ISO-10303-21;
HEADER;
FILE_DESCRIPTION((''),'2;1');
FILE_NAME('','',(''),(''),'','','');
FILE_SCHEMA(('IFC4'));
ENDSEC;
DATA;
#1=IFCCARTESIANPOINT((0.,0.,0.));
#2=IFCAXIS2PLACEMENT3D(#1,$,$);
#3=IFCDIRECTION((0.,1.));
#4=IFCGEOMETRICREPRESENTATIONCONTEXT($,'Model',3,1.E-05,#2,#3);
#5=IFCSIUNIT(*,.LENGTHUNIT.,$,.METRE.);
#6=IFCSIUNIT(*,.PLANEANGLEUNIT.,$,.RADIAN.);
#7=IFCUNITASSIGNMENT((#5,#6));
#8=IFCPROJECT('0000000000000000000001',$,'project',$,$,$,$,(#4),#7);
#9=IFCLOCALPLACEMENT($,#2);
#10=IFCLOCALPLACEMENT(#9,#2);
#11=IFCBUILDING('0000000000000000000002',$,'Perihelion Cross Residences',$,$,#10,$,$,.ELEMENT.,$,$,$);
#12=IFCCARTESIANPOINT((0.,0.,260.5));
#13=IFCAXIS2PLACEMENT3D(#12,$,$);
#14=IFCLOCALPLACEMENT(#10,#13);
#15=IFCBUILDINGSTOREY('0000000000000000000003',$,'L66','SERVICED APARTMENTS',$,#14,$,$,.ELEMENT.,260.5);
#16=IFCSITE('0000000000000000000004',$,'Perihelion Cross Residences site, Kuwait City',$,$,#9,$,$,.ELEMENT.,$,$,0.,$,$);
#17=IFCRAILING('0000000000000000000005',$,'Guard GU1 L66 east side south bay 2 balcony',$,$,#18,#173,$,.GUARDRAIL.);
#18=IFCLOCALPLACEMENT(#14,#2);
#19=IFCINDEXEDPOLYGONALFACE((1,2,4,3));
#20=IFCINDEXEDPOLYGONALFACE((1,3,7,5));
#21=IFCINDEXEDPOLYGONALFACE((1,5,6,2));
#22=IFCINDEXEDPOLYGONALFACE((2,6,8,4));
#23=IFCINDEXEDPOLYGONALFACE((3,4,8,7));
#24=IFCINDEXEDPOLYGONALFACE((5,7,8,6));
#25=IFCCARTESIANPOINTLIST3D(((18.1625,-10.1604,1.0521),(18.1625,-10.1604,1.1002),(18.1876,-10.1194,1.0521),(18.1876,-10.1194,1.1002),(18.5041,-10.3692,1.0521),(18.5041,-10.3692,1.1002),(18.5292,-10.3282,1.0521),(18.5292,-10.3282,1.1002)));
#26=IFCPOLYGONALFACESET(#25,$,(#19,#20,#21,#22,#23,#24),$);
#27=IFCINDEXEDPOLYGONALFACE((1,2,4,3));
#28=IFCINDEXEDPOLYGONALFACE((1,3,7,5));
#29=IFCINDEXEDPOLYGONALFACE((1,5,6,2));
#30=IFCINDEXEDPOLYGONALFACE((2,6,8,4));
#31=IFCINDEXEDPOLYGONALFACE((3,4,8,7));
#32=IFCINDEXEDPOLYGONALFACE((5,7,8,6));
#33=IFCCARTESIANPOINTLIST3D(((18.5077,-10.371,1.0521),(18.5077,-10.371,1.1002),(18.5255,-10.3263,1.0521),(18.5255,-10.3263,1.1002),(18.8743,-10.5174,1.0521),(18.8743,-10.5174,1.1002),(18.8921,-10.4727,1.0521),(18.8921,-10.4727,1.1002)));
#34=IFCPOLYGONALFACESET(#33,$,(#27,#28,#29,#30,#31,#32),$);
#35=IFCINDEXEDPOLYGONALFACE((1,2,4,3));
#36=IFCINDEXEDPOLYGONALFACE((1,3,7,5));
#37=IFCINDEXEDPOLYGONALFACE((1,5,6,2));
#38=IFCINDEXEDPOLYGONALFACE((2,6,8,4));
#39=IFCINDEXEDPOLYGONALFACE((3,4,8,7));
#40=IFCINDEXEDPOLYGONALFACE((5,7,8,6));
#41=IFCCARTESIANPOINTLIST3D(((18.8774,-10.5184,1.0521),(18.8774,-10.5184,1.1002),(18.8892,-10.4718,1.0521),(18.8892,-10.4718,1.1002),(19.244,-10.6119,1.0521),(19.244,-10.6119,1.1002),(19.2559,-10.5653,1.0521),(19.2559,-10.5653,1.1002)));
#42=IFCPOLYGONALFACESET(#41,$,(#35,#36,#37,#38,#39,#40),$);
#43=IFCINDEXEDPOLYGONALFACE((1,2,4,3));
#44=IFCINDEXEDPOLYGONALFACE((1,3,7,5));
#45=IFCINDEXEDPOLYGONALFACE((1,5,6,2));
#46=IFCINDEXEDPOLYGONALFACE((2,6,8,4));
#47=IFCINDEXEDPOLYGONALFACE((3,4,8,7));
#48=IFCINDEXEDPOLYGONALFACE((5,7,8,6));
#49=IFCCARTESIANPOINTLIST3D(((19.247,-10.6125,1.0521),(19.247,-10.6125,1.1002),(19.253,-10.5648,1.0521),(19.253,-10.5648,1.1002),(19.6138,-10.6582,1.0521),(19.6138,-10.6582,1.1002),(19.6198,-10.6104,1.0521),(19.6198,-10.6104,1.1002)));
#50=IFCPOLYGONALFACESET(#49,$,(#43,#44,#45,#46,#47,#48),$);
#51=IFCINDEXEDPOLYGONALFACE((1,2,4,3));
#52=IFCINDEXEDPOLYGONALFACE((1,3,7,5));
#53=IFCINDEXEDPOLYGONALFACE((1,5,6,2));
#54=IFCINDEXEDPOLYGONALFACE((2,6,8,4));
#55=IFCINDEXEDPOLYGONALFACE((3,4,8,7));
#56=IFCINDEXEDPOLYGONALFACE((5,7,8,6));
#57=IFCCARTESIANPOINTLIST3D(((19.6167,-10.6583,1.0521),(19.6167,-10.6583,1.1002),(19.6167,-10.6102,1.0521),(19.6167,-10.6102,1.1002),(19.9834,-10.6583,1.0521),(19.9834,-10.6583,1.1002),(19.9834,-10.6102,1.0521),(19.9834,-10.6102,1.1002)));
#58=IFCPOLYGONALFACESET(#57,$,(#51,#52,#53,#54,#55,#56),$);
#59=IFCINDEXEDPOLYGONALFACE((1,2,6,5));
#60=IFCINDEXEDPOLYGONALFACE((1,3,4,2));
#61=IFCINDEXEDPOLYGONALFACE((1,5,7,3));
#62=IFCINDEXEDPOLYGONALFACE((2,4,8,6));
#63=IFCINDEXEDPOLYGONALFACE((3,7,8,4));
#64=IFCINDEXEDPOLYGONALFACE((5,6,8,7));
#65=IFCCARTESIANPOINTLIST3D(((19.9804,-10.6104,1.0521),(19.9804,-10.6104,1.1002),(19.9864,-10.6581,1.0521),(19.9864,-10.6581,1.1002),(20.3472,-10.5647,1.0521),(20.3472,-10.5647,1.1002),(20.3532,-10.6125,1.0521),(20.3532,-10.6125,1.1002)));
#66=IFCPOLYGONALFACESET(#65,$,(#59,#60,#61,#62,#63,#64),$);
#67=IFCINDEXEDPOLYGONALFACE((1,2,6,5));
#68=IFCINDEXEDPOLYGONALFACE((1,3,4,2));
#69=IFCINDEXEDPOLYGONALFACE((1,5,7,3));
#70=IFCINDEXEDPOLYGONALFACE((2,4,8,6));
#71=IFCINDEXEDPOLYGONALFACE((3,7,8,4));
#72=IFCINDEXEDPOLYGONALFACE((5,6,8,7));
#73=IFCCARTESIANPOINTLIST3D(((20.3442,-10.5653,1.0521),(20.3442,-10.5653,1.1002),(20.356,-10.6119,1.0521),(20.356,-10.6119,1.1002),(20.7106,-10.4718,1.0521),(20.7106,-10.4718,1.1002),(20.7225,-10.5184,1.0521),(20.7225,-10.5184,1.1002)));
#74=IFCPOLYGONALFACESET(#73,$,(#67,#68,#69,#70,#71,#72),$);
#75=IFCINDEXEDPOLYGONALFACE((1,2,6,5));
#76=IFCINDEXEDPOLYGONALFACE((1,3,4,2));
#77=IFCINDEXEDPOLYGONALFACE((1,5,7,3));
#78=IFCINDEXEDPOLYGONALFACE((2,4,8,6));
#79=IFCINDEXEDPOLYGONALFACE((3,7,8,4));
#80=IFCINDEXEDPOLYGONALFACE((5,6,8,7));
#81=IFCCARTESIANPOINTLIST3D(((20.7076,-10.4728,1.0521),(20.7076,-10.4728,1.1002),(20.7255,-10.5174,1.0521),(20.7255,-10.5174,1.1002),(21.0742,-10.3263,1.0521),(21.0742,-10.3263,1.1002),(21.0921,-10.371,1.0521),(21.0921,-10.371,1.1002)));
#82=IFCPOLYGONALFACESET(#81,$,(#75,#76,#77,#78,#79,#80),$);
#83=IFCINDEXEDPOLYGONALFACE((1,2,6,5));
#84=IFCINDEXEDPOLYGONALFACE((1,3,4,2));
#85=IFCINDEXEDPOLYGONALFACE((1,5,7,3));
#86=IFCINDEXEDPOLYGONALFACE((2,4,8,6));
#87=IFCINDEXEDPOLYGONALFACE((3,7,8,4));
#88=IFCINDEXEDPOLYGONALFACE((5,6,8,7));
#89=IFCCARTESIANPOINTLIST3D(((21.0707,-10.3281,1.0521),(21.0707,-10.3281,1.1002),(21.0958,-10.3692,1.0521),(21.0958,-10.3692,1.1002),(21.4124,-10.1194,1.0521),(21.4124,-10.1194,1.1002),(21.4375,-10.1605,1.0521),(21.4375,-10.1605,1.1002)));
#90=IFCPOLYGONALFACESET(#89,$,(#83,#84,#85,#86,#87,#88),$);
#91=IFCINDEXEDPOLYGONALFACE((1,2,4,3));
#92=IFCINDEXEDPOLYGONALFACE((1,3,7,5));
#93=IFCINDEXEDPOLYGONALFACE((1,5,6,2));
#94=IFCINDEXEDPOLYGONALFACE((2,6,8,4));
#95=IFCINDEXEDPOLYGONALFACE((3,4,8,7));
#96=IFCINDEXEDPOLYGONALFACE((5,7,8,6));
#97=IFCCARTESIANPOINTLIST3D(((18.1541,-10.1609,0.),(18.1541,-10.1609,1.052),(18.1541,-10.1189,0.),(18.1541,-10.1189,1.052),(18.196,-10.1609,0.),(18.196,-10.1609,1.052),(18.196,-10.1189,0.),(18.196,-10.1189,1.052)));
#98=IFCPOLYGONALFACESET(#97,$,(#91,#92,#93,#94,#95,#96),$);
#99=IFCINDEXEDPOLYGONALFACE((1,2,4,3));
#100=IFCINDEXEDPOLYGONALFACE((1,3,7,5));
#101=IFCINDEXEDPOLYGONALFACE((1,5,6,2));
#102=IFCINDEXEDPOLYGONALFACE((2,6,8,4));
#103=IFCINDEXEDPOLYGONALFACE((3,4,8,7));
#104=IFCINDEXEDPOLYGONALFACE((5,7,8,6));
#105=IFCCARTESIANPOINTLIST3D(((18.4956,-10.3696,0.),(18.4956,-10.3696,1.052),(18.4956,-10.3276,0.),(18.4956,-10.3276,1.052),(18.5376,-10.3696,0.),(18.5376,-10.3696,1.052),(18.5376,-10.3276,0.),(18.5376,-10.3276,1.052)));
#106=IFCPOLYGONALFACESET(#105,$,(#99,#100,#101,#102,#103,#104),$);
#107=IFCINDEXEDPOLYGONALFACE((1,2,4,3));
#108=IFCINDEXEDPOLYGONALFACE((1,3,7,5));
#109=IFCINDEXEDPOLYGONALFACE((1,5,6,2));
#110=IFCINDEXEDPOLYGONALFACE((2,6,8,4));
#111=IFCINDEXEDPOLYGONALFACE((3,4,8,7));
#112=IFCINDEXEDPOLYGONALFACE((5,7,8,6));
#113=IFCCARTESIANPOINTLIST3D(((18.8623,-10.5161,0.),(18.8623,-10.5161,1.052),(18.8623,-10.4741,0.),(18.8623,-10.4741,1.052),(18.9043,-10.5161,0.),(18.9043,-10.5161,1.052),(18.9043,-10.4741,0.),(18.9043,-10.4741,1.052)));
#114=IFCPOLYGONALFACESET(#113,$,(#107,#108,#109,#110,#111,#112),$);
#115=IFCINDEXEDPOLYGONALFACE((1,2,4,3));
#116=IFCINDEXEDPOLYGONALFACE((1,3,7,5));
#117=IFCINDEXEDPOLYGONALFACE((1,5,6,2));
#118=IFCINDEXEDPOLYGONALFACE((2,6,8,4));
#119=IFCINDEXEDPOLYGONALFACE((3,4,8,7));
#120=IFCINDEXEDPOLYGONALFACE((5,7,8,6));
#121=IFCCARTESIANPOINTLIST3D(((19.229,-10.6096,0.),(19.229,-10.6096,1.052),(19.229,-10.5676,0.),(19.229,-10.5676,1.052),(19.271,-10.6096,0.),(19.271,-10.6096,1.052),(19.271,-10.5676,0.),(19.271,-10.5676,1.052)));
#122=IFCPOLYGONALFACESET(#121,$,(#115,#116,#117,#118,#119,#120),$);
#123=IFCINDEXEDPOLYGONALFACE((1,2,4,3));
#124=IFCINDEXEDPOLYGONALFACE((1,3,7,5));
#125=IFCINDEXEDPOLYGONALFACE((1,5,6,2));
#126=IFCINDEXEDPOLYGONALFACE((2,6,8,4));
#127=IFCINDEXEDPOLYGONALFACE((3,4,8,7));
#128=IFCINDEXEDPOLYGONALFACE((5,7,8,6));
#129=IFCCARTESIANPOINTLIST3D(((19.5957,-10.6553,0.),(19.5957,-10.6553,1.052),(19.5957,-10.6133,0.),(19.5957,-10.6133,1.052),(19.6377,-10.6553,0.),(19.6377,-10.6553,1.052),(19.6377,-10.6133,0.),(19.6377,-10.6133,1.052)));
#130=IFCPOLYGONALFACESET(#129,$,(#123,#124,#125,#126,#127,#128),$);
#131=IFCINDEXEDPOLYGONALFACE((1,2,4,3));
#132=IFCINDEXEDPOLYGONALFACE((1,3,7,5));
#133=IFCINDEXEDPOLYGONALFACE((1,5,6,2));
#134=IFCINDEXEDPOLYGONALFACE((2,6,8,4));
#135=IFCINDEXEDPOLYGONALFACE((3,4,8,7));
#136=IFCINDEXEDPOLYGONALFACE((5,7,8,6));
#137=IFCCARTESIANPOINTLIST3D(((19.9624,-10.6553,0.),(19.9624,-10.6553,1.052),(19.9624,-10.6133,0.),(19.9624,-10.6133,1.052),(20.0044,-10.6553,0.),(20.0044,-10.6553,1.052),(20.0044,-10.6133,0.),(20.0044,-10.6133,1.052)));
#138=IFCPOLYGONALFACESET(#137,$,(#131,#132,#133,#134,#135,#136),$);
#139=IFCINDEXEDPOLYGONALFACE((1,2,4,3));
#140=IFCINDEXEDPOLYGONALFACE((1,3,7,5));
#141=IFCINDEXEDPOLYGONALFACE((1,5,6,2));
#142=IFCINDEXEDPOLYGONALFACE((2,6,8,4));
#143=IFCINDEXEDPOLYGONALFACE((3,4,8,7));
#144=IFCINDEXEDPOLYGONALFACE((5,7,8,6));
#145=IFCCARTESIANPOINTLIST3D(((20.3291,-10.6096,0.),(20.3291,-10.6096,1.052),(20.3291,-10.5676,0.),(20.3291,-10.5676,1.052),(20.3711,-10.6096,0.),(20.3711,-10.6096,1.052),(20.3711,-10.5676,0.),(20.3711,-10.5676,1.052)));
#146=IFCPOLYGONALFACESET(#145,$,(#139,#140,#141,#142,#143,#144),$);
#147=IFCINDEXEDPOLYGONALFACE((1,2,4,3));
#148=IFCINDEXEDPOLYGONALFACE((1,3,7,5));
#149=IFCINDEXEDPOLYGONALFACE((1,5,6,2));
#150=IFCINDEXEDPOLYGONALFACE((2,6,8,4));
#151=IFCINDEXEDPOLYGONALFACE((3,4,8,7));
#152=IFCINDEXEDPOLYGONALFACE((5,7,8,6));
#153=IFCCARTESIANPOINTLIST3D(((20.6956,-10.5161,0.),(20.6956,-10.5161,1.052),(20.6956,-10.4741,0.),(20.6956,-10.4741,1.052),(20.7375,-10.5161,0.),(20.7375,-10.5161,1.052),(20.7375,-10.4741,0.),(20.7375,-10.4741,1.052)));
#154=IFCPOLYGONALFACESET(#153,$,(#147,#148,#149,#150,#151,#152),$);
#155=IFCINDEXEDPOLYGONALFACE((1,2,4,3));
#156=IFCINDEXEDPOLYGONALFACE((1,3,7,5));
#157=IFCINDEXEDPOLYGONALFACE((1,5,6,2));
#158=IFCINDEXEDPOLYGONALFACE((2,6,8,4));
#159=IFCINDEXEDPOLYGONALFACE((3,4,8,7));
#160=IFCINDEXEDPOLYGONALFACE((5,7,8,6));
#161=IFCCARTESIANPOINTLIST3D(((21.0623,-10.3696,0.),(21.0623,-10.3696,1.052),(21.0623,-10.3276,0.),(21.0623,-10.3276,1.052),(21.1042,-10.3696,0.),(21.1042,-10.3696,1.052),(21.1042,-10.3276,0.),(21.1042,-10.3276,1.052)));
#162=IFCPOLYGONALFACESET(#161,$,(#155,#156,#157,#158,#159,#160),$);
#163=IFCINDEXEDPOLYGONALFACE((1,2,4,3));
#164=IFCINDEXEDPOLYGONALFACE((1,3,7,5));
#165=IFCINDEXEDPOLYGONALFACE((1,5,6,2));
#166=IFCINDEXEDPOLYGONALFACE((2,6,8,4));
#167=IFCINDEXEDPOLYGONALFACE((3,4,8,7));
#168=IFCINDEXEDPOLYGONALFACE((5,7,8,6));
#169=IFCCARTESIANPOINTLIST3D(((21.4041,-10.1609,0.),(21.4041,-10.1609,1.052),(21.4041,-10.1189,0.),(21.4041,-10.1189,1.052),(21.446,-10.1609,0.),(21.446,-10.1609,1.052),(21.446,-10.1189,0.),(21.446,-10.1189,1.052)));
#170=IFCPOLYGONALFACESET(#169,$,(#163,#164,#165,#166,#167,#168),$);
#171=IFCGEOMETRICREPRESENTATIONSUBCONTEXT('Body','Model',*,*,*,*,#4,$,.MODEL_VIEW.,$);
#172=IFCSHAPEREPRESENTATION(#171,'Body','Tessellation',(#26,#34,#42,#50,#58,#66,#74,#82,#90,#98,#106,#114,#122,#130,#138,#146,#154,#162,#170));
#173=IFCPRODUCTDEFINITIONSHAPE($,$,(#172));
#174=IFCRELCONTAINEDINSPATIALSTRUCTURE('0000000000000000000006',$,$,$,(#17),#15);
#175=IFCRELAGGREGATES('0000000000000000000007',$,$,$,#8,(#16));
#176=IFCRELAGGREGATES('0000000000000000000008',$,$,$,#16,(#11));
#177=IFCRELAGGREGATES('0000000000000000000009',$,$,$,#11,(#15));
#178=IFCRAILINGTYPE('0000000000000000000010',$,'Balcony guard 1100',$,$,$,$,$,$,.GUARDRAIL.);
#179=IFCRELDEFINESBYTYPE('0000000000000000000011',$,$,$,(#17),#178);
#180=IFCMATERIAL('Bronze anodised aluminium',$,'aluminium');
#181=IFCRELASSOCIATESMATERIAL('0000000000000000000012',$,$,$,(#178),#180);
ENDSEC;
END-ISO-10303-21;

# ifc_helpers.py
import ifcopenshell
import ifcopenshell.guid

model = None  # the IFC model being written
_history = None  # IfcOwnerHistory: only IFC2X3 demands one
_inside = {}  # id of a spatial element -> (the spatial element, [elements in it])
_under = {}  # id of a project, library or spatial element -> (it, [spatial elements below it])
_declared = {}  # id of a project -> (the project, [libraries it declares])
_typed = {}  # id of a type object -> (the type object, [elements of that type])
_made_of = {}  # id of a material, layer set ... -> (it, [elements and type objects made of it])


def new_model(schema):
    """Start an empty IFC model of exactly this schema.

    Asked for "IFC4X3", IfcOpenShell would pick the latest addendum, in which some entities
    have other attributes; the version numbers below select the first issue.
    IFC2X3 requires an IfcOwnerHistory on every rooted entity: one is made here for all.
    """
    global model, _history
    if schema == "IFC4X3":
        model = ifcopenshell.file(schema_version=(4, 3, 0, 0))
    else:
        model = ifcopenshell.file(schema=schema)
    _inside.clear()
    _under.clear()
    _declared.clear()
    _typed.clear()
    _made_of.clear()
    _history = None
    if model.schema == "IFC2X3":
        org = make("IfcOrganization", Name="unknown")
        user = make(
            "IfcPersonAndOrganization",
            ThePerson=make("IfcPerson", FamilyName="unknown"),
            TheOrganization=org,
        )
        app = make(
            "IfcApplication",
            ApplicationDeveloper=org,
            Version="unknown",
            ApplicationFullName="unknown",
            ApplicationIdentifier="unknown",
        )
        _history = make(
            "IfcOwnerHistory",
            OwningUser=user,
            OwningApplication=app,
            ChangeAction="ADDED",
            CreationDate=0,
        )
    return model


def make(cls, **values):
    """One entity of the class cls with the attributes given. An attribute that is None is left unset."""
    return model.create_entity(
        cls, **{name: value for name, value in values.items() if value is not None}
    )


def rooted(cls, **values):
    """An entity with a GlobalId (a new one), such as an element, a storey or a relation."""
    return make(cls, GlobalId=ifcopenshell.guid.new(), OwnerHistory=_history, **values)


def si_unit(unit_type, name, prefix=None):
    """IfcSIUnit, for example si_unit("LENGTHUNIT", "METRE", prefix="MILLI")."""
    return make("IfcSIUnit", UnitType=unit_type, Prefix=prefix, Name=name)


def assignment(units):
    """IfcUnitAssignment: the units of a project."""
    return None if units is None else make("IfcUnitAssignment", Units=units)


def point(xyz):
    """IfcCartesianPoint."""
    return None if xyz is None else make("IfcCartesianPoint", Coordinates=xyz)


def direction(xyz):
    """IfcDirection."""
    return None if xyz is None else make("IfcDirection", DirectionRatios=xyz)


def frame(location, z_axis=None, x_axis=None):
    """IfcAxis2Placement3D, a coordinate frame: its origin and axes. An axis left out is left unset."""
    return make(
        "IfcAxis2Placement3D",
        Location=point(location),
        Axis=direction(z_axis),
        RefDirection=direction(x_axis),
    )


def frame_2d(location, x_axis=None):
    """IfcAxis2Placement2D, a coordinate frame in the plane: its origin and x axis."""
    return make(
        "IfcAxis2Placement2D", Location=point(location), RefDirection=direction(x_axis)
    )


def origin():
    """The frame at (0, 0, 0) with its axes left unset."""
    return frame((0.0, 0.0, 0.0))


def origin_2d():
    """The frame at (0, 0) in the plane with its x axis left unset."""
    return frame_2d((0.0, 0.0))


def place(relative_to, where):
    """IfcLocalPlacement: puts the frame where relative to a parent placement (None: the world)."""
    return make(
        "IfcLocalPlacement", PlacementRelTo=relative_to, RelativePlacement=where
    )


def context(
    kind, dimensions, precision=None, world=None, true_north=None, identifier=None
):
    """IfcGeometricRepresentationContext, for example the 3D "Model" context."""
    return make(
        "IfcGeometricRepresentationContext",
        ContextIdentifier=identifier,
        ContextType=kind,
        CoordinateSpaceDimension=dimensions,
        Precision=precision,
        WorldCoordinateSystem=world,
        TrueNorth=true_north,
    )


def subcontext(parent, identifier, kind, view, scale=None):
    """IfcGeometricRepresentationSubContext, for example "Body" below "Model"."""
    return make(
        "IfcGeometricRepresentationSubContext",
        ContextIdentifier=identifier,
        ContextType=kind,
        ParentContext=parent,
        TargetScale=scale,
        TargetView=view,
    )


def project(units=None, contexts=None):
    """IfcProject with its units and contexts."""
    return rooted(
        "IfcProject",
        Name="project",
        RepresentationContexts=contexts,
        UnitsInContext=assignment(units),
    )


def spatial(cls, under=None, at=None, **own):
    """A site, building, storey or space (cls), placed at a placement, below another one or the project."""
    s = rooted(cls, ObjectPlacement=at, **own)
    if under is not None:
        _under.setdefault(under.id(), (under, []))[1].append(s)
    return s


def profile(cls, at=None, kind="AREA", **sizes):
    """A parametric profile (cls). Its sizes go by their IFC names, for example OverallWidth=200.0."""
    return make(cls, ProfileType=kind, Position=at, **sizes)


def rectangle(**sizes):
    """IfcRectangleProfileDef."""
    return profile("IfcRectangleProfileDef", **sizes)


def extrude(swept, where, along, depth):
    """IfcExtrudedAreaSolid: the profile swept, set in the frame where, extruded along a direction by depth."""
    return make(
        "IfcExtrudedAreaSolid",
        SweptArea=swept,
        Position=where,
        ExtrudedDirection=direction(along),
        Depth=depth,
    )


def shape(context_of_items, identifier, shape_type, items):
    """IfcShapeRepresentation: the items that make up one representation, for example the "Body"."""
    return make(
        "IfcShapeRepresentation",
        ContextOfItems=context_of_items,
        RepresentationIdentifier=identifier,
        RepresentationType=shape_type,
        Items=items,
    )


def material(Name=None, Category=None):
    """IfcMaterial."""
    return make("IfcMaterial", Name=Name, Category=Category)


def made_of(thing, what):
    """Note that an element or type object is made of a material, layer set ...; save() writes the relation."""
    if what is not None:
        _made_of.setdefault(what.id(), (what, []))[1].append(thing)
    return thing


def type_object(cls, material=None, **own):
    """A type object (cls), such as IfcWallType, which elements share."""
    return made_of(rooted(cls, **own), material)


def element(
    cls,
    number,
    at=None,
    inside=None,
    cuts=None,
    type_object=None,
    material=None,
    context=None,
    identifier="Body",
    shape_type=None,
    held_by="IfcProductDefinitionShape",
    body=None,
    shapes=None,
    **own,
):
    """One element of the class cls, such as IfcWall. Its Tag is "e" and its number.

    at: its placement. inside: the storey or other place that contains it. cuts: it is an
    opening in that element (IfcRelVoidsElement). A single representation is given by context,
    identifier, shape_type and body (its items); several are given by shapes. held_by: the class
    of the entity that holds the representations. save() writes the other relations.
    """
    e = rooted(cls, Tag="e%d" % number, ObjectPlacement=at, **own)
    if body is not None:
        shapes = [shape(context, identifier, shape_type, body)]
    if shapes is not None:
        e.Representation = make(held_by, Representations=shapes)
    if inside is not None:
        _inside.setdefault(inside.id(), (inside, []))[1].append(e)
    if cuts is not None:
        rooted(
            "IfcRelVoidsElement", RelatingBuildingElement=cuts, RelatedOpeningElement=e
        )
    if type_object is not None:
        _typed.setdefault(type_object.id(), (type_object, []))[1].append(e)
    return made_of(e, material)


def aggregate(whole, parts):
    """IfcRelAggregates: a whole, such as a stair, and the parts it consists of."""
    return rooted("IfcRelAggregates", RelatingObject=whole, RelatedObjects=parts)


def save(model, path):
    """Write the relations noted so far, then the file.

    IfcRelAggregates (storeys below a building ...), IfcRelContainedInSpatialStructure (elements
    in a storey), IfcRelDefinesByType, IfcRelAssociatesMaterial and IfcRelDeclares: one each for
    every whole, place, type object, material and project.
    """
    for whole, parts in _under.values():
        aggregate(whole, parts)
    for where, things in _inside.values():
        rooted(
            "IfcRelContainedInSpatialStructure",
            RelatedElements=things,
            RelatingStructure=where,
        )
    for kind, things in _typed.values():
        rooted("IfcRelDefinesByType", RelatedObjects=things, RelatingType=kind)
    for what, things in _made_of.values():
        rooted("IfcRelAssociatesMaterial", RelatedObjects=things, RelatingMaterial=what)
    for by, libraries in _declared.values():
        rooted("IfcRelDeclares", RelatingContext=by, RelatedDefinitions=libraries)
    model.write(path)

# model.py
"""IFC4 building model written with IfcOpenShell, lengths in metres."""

from ifc_helpers import new_model, si_unit, direction, frame, origin, origin_2d, place, context, subcontext, project, spatial, rectangle, extrude, material, type_object, element, save


model = new_model("IFC4")

# Units and contexts
model_context = context("Model", 3, precision=1e-05, world=origin(), true_north=direction((0.0, 1.0)))
body_context = subcontext(model_context, "Body", "Model", "MODEL_VIEW")
ifc_project = project(units=[si_unit("LENGTHUNIT", "METRE"), si_unit("PLANEANGLEUNIT", "RADIAN")], contexts=[model_context])

# Site, building, storey
site_placement = place(None, origin())
site = spatial("IfcSite", under=ifc_project, at=site_placement, Name="Perihelion Cross Residences site, Kuwait City", CompositionType="ELEMENT", RefElevation=0.0)
building_placement = place(site_placement, origin())
building = spatial("IfcBuilding", under=site, at=building_placement, Name="Perihelion Cross Residences", CompositionType="ELEMENT")
storey_placement = place(building_placement, frame((0.0, 0.0, 260.5)))
storey = spatial("IfcBuildingStorey", under=building, at=storey_placement, Name="L66", Description="SERVICED APARTMENTS", CompositionType="ELEMENT", Elevation=260.5)

# Railing
ifc_material_1 = material(Name="Bronze anodised aluminium", Category="aluminium")
railing_type = type_object("IfcRailingType", Name="Balcony guard 1100", PredefinedType="GUARDRAIL", material=ifc_material_1)
railing_placement = place(storey_placement, frame((18.175, -10.1399, 0.0)))
element("IfcRailing", 1, at=railing_placement, inside=storey, type_object=railing_type, Name="Guard GU1 L66 east side south bay 2 balcony", PredefinedType="GUARDRAIL", context=body_context, shape_type="SweptSolid", body=[
    extrude(rectangle(XDim=0.0481, YDim=0.0481, at=origin_2d()), frame((0.0, 0.0, 1.0762), z_axis=(0.853267, -0.521475, 0.0), x_axis=(0.521475, 0.853267, 0.0)), (0.0, 0.0, 1.0), 0.4004),
    extrude(rectangle(XDim=0.0481, YDim=0.0481, at=origin_2d()), frame((0.3416, -0.2087, 1.0762), z_axis=(0.928647, -0.370964, 0.0), x_axis=(0.370964, 0.928647, 0.0)), (0.0, 0.0, 1.0), 0.3948),
    extrude(rectangle(XDim=0.0481, YDim=0.0481, at=origin_2d()), frame((0.7083, -0.3552, 1.0762), z_axis=(0.968993, -0.247087, 0.0), x_axis=(0.247087, 0.968993, 0.0)), (0.0, 0.0, 1.0), 0.3784),
    extrude(rectangle(XDim=0.0481, YDim=0.0481, at=origin_2d()), frame((1.075, -0.4487, 1.0762), z_axis=(0.992339, -0.123547, 0.0), x_axis=(0.123547, 0.992339, 0.0)), (0.0, 0.0, 1.0), 0.3696),
    extrude(rectangle(XDim=0.0481, YDim=0.0481, at=origin_2d()), frame((1.4417, -0.4944, 1.0762), z_axis=(1.0, 0.0, 0.0), x_axis=(0.0, 1.0, 0.0)), (0.0, 0.0, 1.0), 0.3667),
    extrude(rectangle(XDim=0.0481, YDim=0.0481, at=origin_2d()), frame((1.8083, -0.4944, 1.0762), z_axis=(0.992339, 0.123547, 0.0), x_axis=(-0.123547, 0.992339, 0.0)), (0.0, 0.0, 1.0), 0.3696),
    extrude(rectangle(XDim=0.0481, YDim=0.0481, at=origin_2d()), frame((2.175, -0.4487, 1.0762), z_axis=(0.968954, 0.247241, 0.0), x_axis=(-0.247241, 0.968954, 0.0)), (0.0, 0.0, 1.0), 0.3782),
    extrude(rectangle(XDim=0.0481, YDim=0.0481, at=origin_2d()), frame((2.5415, -0.3552, 1.0762), z_axis=(0.928647, 0.370964, 0.0), x_axis=(-0.370964, 0.928647, 0.0)), (0.0, 0.0, 1.0), 0.3948),
    extrude(rectangle(XDim=0.0481, YDim=0.0481, at=origin_2d()), frame((2.9082, -0.2087, 1.0762), z_axis=(0.853432, 0.521203, 0.0), x_axis=(-0.521203, 0.853432, 0.0)), (0.0, 0.0, 1.0), 0.4004),
    extrude(rectangle(XDim=0.042, YDim=0.042, at=origin_2d()), origin(), (0.0, 0.0, 1.0), 1.052),
    extrude(rectangle(XDim=0.042, YDim=0.042, at=origin_2d()), frame((0.3416, -0.2087, 0.0)), (0.0, 0.0, 1.0), 1.052),
    extrude(rectangle(XDim=0.042, YDim=0.042, at=origin_2d()), frame((0.7083, -0.3552, 0.0)), (0.0, 0.0, 1.0), 1.052),
    extrude(rectangle(XDim=0.042, YDim=0.042, at=origin_2d()), frame((1.075, -0.4487, 0.0)), (0.0, 0.0, 1.0), 1.052),
    extrude(rectangle(XDim=0.042, YDim=0.042, at=origin_2d()), frame((1.4417, -0.4944, 0.0)), (0.0, 0.0, 1.0), 1.052),
    extrude(rectangle(XDim=0.042, YDim=0.042, at=origin_2d()), frame((1.8083, -0.4944, 0.0)), (0.0, 0.0, 1.0), 1.052),
    extrude(rectangle(XDim=0.042, YDim=0.042, at=origin_2d()), frame((2.175, -0.4487, 0.0)), (0.0, 0.0, 1.0), 1.052),
    extrude(rectangle(XDim=0.042, YDim=0.042, at=origin_2d()), frame((2.5415, -0.3552, 0.0)), (0.0, 0.0, 1.0), 1.052),
    extrude(rectangle(XDim=0.042, YDim=0.042, at=origin_2d()), frame((2.9082, -0.2087, 0.0)), (0.0, 0.0, 1.0), 1.052),
    extrude(rectangle(XDim=0.042, YDim=0.042, at=origin_2d()), frame((3.25, 0.0, 0.0)), (0.0, 0.0, 1.0), 1.052),
])

save(model, "model.ifc")
